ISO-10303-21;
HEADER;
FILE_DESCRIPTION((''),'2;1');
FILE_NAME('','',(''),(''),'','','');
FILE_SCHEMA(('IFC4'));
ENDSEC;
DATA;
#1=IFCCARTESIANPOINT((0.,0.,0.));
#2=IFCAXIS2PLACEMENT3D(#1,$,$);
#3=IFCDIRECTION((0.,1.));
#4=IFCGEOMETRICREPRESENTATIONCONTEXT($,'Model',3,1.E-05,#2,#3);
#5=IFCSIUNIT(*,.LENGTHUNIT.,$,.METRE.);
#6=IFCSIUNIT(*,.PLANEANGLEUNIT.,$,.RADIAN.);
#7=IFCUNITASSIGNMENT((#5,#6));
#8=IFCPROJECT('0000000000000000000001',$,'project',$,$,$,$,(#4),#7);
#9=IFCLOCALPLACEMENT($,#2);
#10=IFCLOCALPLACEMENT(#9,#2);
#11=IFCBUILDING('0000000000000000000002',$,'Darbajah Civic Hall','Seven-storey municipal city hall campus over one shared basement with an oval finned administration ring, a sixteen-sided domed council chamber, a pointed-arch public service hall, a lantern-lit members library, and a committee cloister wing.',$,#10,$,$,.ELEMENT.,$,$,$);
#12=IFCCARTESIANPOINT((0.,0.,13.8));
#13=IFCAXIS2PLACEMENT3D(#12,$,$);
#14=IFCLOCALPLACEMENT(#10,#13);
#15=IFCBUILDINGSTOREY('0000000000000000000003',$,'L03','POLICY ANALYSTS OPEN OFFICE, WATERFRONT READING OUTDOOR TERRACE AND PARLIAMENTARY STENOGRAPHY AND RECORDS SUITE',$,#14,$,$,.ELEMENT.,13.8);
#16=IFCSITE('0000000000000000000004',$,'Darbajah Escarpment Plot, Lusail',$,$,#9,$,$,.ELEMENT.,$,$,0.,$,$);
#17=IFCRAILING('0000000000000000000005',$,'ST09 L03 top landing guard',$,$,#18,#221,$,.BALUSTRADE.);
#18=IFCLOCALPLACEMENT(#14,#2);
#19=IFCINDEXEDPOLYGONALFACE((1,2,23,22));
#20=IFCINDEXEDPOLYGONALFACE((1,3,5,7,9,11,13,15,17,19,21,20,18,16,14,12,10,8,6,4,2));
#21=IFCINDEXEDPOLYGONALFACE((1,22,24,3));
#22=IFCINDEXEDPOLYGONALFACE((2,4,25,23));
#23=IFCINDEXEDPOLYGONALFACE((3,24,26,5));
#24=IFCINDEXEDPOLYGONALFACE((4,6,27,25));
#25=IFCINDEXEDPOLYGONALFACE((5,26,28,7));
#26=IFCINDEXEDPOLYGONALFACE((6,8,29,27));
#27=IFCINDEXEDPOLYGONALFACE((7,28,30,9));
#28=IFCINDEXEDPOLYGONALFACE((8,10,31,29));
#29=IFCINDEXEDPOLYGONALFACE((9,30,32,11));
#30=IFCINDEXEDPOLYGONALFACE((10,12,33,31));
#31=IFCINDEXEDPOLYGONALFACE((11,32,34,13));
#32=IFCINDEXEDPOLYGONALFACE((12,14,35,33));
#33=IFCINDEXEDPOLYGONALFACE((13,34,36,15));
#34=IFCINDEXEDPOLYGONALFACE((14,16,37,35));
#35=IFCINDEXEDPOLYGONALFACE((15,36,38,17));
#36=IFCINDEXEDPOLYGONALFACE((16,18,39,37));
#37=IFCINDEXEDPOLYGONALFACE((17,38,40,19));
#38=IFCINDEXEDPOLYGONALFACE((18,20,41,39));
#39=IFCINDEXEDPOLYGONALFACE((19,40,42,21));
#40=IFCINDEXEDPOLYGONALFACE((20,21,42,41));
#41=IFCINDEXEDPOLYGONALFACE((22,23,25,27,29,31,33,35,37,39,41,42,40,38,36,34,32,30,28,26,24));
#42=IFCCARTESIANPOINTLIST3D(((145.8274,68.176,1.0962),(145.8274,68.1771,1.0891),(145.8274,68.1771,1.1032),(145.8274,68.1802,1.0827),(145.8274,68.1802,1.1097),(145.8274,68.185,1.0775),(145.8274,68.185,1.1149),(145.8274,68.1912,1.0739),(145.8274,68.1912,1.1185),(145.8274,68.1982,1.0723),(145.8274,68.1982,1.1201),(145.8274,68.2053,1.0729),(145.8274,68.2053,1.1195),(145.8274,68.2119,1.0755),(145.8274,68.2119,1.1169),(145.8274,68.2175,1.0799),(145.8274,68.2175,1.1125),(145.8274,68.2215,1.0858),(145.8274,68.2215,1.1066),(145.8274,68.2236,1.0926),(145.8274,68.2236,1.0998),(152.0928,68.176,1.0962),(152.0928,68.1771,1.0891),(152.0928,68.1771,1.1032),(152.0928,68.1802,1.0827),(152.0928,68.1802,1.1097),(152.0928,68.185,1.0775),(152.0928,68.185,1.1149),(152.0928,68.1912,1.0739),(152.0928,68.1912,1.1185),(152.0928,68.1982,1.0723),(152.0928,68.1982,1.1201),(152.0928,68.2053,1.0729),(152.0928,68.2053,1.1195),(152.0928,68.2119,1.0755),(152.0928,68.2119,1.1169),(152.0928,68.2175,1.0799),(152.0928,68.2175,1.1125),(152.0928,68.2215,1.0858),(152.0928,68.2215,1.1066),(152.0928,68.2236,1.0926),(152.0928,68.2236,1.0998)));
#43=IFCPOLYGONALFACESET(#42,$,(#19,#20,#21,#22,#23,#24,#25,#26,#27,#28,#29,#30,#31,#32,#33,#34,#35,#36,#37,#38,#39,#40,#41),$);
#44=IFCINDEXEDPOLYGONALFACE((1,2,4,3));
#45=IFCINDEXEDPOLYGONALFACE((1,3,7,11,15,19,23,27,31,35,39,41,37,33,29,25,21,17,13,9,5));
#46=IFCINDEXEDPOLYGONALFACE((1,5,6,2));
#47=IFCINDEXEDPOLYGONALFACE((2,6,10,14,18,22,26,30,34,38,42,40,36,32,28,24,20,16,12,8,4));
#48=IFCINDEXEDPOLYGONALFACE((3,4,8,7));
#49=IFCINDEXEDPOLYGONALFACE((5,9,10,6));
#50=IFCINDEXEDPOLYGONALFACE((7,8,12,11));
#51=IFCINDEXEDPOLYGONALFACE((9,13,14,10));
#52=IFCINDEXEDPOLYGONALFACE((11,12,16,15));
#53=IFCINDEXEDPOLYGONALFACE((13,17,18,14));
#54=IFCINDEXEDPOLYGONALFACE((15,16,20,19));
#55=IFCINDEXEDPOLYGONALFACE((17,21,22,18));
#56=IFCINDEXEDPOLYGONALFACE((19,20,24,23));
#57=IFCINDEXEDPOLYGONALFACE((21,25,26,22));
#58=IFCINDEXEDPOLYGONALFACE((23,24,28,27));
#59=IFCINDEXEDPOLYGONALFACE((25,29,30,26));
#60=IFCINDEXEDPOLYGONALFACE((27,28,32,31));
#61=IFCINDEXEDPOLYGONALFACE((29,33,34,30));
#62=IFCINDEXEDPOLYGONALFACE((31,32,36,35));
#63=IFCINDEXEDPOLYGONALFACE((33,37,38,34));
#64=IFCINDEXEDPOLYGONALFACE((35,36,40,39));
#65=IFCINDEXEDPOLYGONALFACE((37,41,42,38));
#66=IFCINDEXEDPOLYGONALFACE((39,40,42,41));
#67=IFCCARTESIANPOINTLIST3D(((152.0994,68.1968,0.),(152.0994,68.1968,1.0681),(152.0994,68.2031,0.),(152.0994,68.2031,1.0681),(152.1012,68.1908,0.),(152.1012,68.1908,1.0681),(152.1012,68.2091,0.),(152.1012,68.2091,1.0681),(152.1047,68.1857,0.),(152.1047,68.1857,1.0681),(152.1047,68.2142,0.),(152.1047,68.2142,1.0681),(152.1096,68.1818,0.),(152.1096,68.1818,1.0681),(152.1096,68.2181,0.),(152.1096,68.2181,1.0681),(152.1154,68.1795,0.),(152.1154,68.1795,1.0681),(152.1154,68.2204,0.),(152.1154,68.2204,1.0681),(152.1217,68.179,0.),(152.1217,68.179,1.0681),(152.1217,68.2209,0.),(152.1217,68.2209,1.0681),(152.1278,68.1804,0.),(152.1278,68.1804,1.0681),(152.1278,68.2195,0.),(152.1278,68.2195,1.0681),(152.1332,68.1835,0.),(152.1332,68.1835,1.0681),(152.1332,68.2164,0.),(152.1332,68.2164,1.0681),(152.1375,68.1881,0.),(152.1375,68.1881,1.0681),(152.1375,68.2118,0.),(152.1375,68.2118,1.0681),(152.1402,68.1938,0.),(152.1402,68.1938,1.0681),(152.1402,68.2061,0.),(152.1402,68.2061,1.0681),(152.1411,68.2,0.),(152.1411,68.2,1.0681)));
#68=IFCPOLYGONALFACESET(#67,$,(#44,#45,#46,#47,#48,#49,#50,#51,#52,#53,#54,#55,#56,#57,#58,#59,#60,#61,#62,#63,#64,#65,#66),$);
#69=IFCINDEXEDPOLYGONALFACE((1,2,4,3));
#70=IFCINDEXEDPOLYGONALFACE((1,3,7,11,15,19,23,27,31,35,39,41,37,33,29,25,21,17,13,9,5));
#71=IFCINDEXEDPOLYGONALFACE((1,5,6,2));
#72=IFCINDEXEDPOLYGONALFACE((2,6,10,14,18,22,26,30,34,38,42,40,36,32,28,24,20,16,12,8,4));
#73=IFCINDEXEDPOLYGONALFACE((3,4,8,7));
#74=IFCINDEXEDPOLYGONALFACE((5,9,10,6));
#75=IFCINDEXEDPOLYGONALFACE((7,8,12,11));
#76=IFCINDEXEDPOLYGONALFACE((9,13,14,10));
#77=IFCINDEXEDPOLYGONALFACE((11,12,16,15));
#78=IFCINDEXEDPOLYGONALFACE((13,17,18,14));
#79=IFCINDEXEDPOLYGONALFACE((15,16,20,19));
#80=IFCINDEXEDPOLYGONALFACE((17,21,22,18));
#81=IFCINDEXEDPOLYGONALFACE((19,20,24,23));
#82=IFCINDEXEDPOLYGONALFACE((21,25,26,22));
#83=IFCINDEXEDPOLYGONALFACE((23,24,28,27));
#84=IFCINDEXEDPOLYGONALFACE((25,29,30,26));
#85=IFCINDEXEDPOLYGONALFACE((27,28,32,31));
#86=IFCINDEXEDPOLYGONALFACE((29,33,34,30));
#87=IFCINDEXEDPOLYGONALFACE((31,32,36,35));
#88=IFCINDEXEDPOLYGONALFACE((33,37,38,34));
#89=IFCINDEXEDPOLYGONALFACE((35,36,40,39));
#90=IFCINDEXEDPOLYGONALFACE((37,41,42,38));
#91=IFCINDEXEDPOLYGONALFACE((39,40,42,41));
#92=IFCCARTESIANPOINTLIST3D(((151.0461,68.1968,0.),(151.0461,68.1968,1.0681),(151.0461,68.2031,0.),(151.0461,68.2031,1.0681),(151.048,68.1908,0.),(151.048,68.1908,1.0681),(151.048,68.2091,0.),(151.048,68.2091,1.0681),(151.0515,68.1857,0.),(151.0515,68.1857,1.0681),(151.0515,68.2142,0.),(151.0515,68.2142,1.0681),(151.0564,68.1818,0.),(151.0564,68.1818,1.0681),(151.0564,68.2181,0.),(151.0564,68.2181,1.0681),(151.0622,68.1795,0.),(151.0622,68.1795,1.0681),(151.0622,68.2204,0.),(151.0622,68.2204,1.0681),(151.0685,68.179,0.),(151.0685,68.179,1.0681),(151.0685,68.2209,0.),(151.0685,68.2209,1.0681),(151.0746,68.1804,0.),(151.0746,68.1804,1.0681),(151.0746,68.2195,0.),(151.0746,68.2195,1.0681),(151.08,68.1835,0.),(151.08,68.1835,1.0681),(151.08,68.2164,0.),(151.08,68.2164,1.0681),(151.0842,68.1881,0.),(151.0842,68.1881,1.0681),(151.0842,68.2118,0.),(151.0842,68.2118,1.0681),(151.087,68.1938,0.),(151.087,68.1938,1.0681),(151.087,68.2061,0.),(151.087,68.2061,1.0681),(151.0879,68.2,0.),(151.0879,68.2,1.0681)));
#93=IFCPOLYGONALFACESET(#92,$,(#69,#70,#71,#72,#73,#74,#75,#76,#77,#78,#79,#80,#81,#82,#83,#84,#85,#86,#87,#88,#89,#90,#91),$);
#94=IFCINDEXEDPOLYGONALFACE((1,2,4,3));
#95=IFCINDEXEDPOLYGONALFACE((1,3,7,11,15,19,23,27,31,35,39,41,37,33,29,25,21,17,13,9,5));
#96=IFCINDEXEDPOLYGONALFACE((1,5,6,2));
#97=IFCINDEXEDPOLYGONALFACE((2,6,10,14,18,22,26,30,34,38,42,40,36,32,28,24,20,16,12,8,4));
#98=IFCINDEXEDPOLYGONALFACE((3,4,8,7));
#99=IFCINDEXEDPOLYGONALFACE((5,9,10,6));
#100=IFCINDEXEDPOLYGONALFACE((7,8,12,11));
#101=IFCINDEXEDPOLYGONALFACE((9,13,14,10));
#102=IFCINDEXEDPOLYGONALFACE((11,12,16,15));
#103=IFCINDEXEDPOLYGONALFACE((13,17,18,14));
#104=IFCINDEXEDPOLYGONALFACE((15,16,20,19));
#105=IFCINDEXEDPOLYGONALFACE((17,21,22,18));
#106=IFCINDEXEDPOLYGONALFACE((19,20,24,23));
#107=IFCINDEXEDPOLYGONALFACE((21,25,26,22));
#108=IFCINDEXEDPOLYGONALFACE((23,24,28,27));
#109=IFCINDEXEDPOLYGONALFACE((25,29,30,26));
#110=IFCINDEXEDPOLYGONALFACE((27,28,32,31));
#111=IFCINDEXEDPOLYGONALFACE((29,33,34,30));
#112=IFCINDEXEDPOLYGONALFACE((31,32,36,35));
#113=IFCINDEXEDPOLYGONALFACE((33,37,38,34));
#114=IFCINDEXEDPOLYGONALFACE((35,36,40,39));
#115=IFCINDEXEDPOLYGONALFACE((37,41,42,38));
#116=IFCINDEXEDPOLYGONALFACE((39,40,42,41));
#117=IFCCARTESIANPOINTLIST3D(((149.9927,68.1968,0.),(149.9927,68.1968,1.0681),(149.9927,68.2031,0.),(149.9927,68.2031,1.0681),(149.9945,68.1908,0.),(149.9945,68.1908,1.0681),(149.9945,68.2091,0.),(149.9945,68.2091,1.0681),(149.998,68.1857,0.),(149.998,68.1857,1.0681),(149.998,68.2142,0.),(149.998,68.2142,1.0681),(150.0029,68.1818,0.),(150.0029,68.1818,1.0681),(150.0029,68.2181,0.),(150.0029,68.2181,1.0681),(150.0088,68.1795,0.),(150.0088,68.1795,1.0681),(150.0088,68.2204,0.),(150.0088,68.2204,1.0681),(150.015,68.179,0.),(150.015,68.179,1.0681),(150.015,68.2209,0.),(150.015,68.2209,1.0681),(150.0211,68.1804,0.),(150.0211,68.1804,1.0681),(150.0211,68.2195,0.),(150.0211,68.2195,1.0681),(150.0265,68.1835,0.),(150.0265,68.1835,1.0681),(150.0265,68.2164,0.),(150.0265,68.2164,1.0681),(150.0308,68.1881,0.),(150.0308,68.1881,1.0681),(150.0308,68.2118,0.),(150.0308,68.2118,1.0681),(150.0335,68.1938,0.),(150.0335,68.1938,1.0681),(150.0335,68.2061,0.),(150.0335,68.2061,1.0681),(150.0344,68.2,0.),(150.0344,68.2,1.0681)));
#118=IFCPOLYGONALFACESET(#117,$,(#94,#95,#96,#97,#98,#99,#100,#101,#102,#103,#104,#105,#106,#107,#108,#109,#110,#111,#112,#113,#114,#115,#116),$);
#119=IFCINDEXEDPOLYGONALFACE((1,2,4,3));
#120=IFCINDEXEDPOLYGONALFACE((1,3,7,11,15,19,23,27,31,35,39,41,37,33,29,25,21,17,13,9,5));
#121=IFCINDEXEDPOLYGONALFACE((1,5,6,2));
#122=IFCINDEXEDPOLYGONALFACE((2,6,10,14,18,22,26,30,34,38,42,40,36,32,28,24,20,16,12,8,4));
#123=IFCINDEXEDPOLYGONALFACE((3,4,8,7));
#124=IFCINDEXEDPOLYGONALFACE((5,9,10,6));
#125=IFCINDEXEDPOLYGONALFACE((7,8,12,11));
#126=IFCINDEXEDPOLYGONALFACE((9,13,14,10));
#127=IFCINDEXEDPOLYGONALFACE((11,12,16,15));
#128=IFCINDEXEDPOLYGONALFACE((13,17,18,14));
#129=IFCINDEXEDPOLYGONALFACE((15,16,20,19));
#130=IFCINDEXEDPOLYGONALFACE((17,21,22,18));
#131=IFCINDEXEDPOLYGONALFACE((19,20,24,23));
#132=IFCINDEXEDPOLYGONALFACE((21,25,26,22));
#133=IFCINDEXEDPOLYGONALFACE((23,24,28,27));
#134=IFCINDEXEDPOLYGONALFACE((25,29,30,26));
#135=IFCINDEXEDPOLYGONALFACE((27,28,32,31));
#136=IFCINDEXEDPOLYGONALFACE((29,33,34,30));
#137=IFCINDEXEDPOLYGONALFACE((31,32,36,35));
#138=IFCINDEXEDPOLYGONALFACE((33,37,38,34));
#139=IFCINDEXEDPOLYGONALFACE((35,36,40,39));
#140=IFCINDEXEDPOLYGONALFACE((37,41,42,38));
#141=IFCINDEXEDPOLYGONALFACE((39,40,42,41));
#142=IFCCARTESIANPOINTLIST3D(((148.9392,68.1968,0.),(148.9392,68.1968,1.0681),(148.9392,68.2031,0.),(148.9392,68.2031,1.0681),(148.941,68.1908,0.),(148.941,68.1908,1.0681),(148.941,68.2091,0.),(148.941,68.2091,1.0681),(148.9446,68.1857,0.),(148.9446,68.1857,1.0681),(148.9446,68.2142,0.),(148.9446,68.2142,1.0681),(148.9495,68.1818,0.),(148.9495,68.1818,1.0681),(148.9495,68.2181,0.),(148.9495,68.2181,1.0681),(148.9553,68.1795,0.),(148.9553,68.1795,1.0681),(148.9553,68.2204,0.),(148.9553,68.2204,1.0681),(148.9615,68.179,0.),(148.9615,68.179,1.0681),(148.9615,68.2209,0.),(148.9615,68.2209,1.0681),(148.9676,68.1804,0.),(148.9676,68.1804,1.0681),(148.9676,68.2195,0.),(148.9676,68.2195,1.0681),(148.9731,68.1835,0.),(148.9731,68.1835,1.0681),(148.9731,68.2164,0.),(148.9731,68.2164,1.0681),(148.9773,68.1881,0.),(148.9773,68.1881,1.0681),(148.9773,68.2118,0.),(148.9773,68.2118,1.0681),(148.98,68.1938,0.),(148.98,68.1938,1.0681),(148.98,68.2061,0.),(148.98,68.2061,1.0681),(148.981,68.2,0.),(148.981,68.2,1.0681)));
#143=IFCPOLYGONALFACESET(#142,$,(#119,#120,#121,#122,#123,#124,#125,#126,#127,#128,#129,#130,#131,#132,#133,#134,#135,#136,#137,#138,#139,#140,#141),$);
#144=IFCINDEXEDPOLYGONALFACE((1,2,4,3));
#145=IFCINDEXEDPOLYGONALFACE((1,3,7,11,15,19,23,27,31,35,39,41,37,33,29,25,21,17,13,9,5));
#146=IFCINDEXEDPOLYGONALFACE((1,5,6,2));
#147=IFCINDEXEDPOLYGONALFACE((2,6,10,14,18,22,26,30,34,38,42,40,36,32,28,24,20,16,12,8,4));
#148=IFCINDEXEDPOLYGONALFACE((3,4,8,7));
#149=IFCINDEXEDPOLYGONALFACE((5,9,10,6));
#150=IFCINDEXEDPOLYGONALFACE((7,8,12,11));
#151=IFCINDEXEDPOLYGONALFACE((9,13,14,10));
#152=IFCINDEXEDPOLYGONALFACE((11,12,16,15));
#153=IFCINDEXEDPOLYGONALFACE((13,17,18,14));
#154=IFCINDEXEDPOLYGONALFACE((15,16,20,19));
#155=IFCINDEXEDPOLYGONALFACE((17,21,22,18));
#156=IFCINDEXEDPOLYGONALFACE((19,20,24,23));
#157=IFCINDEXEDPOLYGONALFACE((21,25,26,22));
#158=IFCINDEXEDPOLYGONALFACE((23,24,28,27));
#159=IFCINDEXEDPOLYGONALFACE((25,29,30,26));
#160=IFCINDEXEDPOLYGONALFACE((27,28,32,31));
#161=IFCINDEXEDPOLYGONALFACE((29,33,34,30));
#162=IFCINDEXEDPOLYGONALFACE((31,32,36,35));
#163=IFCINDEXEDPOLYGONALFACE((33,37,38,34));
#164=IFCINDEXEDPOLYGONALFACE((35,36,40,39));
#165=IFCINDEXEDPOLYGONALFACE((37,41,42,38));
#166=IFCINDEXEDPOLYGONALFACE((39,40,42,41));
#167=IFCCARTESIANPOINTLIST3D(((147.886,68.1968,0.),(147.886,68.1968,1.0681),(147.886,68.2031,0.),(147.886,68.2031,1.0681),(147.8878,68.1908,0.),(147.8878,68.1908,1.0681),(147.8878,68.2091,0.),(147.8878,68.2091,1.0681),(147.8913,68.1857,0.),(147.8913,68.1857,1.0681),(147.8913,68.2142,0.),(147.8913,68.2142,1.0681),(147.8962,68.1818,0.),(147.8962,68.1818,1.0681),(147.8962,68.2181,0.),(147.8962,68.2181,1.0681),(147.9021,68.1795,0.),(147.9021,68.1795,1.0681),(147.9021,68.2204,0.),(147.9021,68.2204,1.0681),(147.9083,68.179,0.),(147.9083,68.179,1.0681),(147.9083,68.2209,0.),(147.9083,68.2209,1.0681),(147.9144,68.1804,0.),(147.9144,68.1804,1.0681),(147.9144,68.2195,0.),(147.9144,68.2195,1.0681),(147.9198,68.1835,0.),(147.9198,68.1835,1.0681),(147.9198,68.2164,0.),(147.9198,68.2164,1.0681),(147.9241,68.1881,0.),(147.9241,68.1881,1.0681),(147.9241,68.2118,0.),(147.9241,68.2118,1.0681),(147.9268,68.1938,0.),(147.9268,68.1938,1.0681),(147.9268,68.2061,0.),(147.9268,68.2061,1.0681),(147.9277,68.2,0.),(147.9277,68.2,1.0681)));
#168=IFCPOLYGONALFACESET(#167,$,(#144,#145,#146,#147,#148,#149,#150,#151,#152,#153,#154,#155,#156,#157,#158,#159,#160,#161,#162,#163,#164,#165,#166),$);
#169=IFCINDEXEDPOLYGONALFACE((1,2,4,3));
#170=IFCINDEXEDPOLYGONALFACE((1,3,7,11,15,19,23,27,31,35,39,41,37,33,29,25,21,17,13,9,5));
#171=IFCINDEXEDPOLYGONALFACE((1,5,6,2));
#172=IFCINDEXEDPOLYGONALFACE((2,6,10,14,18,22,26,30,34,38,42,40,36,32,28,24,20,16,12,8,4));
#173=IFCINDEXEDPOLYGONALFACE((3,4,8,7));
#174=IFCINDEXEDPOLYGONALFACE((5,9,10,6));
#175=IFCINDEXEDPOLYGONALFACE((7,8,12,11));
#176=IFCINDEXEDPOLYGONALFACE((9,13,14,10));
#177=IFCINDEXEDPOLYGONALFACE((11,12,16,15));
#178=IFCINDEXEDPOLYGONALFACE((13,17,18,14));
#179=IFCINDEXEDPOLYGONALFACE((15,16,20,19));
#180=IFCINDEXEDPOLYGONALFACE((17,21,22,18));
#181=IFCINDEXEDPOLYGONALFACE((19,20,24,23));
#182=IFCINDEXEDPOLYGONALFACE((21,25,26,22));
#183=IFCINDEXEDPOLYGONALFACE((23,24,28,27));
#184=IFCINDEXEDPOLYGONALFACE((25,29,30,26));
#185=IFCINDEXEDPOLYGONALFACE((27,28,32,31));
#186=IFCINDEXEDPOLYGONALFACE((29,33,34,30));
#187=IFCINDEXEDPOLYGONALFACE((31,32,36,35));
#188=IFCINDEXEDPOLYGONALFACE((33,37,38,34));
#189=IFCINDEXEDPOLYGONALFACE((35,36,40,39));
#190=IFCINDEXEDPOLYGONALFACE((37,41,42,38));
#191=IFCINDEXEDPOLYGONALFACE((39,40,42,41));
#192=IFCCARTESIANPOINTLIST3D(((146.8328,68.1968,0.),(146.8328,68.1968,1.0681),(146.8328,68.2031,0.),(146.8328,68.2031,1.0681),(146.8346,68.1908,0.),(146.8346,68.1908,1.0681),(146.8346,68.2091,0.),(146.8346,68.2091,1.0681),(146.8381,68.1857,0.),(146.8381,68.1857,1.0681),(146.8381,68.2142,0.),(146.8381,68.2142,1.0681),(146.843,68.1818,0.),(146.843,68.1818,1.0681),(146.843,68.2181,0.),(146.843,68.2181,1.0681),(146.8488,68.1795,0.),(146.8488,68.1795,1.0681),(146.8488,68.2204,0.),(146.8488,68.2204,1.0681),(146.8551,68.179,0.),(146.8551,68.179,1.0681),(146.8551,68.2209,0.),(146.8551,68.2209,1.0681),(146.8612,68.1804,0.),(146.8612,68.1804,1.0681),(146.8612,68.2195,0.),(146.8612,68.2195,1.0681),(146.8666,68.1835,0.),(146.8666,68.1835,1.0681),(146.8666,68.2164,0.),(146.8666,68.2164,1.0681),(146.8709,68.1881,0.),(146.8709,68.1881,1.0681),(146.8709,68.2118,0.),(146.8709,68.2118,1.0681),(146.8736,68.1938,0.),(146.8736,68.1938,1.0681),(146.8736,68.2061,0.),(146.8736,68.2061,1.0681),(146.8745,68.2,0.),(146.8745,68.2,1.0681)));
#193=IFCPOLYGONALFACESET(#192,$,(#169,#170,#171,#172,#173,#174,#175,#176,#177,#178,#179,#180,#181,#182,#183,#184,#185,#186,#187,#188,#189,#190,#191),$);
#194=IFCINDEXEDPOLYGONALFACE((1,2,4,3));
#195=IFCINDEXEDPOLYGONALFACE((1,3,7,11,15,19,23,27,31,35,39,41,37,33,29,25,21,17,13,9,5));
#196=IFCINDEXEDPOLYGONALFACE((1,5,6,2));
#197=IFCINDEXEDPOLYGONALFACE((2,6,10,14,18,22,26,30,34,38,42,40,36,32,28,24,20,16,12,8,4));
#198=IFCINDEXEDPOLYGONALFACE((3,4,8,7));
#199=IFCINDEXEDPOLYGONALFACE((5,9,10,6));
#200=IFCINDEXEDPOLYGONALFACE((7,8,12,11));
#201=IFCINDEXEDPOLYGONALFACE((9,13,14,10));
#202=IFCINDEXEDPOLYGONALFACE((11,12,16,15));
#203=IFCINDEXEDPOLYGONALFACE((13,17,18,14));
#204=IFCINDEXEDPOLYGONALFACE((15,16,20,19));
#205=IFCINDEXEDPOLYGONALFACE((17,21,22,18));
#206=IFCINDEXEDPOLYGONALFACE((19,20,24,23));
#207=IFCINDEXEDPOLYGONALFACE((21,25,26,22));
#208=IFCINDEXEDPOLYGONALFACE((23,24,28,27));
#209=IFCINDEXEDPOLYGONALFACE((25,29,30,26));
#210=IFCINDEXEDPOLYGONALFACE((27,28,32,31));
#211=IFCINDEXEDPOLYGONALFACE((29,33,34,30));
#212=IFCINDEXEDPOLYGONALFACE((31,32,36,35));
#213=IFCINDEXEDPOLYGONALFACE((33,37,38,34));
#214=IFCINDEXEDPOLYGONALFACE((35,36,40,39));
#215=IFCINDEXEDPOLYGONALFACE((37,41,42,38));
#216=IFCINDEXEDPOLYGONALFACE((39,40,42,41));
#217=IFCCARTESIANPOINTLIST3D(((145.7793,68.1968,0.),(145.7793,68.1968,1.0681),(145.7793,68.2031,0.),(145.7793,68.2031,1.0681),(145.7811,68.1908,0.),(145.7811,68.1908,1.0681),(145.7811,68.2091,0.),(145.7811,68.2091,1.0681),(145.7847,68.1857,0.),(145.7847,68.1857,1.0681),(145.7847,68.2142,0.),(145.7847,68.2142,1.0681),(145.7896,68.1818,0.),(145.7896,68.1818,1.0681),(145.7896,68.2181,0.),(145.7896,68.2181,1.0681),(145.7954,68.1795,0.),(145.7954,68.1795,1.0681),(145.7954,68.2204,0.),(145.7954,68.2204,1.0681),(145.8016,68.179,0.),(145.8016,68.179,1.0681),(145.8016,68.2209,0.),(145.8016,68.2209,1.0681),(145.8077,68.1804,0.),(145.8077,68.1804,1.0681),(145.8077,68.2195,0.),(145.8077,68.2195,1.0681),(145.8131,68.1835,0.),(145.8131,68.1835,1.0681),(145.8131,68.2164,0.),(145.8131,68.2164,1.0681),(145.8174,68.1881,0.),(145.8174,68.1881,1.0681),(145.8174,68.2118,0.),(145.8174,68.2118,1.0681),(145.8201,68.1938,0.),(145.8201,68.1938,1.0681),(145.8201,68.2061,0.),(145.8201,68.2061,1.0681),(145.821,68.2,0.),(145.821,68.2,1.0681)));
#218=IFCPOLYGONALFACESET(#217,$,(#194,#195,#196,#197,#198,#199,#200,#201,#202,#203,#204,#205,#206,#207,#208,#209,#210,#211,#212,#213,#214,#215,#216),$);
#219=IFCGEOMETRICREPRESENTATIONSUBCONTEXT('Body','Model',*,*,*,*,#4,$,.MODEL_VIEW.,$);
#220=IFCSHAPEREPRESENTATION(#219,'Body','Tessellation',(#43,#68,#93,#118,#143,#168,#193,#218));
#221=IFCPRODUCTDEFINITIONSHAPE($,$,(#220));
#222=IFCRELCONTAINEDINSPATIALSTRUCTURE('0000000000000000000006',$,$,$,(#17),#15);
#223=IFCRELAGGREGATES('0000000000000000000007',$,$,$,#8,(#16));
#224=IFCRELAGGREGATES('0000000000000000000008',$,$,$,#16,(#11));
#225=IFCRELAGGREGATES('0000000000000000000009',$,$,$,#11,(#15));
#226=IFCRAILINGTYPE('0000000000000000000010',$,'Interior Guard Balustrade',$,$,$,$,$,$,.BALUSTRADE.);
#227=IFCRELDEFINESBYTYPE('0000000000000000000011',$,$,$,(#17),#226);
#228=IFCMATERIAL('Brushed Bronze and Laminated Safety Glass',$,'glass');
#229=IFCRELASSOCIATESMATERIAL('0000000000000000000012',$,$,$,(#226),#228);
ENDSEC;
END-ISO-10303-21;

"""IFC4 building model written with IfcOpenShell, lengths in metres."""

from ifc_helpers import new_model, si_unit, direction, frame, origin, origin_2d, place, context, subcontext, project, spatial, circle, extrude, material, type_object, element, save


model = new_model("IFC4")

# Units and contexts
model_context = context("Model", 3, precision=1e-05, world=origin(), true_north=direction((0.0, 1.0)))
body_context = subcontext(model_context, "Body", "Model", "MODEL_VIEW")
ifc_project = project(units=[si_unit("LENGTHUNIT", "METRE"), si_unit("PLANEANGLEUNIT", "RADIAN")], contexts=[model_context])

# Site, building, storey
site_placement = place(None, origin())
site = spatial("IfcSite", under=ifc_project, at=site_placement, Name="Darbajah Escarpment Plot, Lusail", CompositionType="ELEMENT", RefElevation=0.0)
building_placement = place(site_placement, origin())
building = spatial("IfcBuilding", under=site, at=building_placement, Name="Darbajah Civic Hall", Description="Seven-storey municipal city hall campus over one shared basement with an oval finned administration ring, a sixteen-sided domed council chamber, a pointed-arch public service hall, a lantern-lit members library, and a committee cloister wing.", CompositionType="ELEMENT")
storey_placement = place(building_placement, frame((0.0, 0.0, 13.8)))
storey = spatial("IfcBuildingStorey", under=building, at=storey_placement, Name="L03", Description="POLICY ANALYSTS OPEN OFFICE, WATERFRONT READING OUTDOOR TERRACE AND PARLIAMENTARY STENOGRAPHY AND RECORDS SUITE", CompositionType="ELEMENT", Elevation=13.8)

# Railing
ifc_material_1 = material(Name="Brushed Bronze and Laminated Safety Glass", Category="glass")
railing_type = type_object("IfcRailingType", Name="Interior Guard Balustrade", PredefinedType="BALUSTRADE", material=ifc_material_1)
railing_1_placement = place(storey_placement, frame((152.1201, 68.2, 0.0)))
element("IfcRailing", 1, at=railing_1_placement, inside=storey, type_object=railing_type, Name="ST09 L03 top landing guard", PredefinedType="BALUSTRADE", context=body_context, shape_type="SweptSolid", body=[
    extrude(circle(Radius=0.0239, at=origin_2d()), frame((-0.0273, 0.0, 1.0962), z_axis=(-1.0, 0.0, 0.0), x_axis=(0.0, -1.0, 0.0)), (0.0, 0.0, 1.0), 6.2654),
    extrude(circle(Radius=0.021, at=origin_2d()), origin(), (0.0, 0.0, 1.0), 1.0681),
    extrude(circle(Radius=0.021, at=origin_2d()), frame((-1.0532, 0.0, 0.0)), (0.0, 0.0, 1.0), 1.0681),
    extrude(circle(Radius=0.021, at=origin_2d()), frame((-2.1067, 0.0, 0.0)), (0.0, 0.0, 1.0), 1.0681),
    extrude(circle(Radius=0.021, at=origin_2d()), frame((-3.1602, 0.0, 0.0)), (0.0, 0.0, 1.0), 1.0681),
    extrude(circle(Radius=0.021, at=origin_2d()), frame((-4.2134, 0.0, 0.0)), (0.0, 0.0, 1.0), 1.0681),
    extrude(circle(Radius=0.021, at=origin_2d()), frame((-5.2666, 0.0, 0.0)), (0.0, 0.0, 1.0), 1.0681),
    extrude(circle(Radius=0.021, at=origin_2d()), frame((-6.3201, 0.0, 0.0)), (0.0, 0.0, 1.0), 1.0681),
])

save(model, "model.ifc")
